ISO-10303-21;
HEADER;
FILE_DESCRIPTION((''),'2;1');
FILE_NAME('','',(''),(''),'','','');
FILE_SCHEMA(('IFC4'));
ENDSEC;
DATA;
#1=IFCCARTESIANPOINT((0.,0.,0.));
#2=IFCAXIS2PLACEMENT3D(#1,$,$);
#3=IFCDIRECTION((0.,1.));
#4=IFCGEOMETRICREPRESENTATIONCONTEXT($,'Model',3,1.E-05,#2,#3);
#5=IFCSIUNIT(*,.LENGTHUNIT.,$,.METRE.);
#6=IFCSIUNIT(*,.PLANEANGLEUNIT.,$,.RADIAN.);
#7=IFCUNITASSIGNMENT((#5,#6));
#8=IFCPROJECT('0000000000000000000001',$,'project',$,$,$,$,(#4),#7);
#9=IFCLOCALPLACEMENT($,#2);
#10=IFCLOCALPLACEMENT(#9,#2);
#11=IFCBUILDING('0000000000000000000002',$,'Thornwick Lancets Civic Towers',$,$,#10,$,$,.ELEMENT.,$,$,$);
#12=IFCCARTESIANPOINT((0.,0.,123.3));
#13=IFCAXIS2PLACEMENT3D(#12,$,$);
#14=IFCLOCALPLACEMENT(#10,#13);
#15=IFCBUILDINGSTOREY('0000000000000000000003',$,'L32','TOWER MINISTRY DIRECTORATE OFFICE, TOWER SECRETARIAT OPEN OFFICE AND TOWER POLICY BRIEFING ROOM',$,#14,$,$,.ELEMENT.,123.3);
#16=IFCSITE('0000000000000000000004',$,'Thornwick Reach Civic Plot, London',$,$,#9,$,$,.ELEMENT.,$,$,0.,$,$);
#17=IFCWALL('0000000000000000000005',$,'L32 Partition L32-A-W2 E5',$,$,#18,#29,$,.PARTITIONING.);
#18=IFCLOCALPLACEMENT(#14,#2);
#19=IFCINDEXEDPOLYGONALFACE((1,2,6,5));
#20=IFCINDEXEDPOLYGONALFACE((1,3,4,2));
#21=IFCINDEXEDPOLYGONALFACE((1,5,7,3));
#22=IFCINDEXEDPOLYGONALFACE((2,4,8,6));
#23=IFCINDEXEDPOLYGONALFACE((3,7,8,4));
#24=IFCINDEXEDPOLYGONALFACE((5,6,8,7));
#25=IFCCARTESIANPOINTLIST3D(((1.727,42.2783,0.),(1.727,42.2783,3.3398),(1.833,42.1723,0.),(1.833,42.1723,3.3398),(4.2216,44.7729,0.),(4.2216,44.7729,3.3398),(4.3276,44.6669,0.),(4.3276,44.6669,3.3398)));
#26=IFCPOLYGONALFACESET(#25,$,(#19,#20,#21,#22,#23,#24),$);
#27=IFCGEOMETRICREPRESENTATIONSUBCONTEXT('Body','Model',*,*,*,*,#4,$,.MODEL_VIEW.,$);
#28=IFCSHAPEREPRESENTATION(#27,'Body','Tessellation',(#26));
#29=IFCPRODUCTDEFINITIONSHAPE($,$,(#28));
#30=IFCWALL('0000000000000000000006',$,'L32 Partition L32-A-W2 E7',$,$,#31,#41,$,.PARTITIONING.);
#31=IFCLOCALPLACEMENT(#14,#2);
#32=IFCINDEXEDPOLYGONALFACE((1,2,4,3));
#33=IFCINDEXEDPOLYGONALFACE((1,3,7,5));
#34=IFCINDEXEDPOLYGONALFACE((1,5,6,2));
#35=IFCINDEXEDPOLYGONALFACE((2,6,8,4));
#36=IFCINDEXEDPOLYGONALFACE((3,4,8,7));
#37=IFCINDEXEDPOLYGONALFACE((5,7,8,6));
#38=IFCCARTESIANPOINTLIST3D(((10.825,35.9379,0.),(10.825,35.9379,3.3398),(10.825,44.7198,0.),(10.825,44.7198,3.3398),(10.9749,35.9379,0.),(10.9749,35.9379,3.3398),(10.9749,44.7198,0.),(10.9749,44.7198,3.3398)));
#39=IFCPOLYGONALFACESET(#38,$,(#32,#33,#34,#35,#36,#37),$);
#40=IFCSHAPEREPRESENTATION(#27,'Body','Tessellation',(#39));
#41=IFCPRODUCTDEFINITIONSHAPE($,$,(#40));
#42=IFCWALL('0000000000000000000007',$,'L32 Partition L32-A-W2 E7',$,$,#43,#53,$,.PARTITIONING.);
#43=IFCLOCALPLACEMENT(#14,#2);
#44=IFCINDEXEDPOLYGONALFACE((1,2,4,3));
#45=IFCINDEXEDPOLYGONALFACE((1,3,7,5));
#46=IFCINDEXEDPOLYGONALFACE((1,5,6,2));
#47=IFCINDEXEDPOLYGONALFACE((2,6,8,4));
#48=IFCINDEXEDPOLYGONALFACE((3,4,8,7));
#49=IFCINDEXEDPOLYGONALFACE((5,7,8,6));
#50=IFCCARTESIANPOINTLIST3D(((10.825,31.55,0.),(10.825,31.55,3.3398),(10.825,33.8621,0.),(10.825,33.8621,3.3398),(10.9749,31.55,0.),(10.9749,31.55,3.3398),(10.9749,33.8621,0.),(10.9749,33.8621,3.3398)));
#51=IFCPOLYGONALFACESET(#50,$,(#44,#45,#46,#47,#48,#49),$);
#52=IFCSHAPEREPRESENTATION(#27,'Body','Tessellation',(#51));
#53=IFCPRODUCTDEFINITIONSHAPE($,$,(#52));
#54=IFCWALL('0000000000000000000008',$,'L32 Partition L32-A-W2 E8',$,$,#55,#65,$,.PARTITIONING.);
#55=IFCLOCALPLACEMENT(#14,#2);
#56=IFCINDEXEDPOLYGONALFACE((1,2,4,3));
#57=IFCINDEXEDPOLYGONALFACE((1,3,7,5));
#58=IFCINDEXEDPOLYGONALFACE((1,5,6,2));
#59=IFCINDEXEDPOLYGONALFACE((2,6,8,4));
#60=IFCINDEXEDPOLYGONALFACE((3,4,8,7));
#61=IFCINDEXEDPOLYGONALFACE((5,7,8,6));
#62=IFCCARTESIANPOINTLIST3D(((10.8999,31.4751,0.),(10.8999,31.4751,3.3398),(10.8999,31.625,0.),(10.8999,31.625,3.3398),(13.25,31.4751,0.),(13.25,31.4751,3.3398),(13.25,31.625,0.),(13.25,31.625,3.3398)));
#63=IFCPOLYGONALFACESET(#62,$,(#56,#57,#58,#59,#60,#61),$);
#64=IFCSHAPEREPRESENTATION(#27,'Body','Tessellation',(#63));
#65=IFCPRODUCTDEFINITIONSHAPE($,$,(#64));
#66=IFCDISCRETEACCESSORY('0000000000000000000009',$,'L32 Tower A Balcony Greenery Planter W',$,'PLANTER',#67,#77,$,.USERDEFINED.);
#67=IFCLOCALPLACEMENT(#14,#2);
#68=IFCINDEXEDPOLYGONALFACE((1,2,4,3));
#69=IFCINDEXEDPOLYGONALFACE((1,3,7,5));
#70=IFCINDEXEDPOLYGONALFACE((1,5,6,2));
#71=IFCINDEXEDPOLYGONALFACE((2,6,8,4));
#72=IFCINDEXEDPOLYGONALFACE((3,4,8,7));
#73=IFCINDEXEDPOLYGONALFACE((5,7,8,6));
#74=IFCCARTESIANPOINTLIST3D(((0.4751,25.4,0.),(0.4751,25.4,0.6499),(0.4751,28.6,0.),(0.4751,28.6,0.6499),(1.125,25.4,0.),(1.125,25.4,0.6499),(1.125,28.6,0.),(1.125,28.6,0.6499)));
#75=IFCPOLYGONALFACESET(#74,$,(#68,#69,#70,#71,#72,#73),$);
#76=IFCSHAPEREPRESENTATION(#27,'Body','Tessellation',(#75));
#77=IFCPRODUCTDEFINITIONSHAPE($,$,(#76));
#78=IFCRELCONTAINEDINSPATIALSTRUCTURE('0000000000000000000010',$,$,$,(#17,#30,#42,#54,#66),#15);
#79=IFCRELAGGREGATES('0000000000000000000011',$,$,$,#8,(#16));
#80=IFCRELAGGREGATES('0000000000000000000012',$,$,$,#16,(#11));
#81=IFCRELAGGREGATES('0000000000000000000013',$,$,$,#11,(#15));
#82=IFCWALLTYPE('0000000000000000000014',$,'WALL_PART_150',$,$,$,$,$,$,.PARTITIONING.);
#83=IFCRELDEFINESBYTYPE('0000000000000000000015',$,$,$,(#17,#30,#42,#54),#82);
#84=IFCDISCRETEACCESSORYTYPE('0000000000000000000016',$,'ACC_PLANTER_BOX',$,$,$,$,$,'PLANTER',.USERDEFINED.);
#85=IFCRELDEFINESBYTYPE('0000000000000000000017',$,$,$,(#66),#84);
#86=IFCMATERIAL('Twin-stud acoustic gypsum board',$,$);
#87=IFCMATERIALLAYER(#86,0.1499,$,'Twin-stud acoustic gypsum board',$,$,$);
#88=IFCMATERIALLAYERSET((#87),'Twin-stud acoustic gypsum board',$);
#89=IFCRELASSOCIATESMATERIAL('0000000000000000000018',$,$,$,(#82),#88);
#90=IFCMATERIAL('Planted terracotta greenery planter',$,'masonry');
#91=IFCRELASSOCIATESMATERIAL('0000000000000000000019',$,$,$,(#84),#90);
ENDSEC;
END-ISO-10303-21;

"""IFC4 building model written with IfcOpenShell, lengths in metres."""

from ifc_helpers import new_model, si_unit, direction, frame, frame_2d, origin, origin_2d, place, context, subcontext, project, spatial, rectangle, extrude, material, layer, layer_set, type_object, element, save


model = new_model("IFC4")

# Units and contexts
model_context = context("Model", 3, precision=1e-05, world=origin(), true_north=direction((0.0, 1.0)))
body_context = subcontext(model_context, "Body", "Model", "MODEL_VIEW")
ifc_project = project(units=[si_unit("LENGTHUNIT", "METRE"), si_unit("PLANEANGLEUNIT", "RADIAN")], contexts=[model_context])

# Site, building, storey
site_placement = place(None, origin())
site = spatial("IfcSite", under=ifc_project, at=site_placement, Name="Thornwick Reach Civic Plot, London", CompositionType="ELEMENT", RefElevation=0.0)
building_placement = place(site_placement, origin())
building = spatial("IfcBuilding", under=site, at=building_placement, Name="Thornwick Lancets Civic Towers", CompositionType="ELEMENT")
storey_placement = place(building_placement, frame((0.0, 0.0, 123.3)))
storey = spatial("IfcBuildingStorey", under=building, at=storey_placement, Name="L32", Description="TOWER MINISTRY DIRECTORATE OFFICE, TOWER SECRETARIAT OPEN OFFICE AND TOWER POLICY BRIEFING ROOM", CompositionType="ELEMENT", Elevation=123.3)

# Walls
ifc_material_1 = material(Name="Twin-stud acoustic gypsum board")
ifc_layer_1 = layer(ifc_material_1, 0.1499, Name="Twin-stud acoustic gypsum board")
ifc_layer_set_1 = layer_set([ifc_layer_1], Name="Twin-stud acoustic gypsum board")
wall_type_1 = type_object("IfcWallType", Name="WALL_PART_150", PredefinedType="PARTITIONING", material=ifc_layer_set_1)
wall_1_placement = place(storey_placement, frame((1.78, 42.2253, 0.0), z_axis=(0.0, 0.0, 1.0), x_axis=(0.707107, 0.707107, 0.0)))
element("IfcWall", 1, at=wall_1_placement, inside=storey, type_object=wall_type_1, Name="L32 Partition L32-A-W2 E5", PredefinedType="PARTITIONING", context=body_context, shape_type="SweptSolid", body=[
    extrude(rectangle(XDim=3.5278, YDim=0.1499, at=frame_2d((1.7639, 0.0))), origin(), (0.0, 0.0, 1.0), 3.3398),
])
wall_2_placement = place(storey_placement, frame((10.8999, 44.72, 0.0), z_axis=(0.0, 0.0, 1.0), x_axis=(0.0, -1.0, 0.0)))
element("IfcWall", 2, at=wall_2_placement, inside=storey, type_object=wall_type_1, Name="L32 Partition L32-A-W2 E7", PredefinedType="PARTITIONING", context=body_context, shape_type="SweptSolid", body=[
    extrude(rectangle(XDim=8.782, YDim=0.1499, at=frame_2d((4.3911, 0.0))), origin(), (0.0, 0.0, 1.0), 3.3398),
])
wall_3_placement = place(storey_placement, frame((10.8999, 33.8621, 0.0), z_axis=(0.0, 0.0, 1.0), x_axis=(0.0, -1.0, 0.0)))
element("IfcWall", 3, at=wall_3_placement, inside=storey, type_object=wall_type_1, Name="L32 Partition L32-A-W2 E7", PredefinedType="PARTITIONING", context=body_context, shape_type="SweptSolid", body=[
    extrude(rectangle(XDim=2.312, YDim=0.1499, at=frame_2d((1.156, 0.0))), origin(), (0.0, 0.0, 1.0), 3.3398),
])
wall_4_placement = place(storey_placement, frame((10.8999, 31.55, 0.0), z_axis=(0.0, 0.0, 1.0), x_axis=(1.0, 0.0, 0.0)))
element("IfcWall", 4, at=wall_4_placement, inside=storey, type_object=wall_type_1, Name="L32 Partition L32-A-W2 E8", PredefinedType="PARTITIONING", context=body_context, shape_type="SweptSolid", body=[
    extrude(rectangle(XDim=2.3501, YDim=0.1499, at=frame_2d((1.175, 0.0))), origin(), (0.0, 0.0, 1.0), 3.3398),
])

# Discrete accessory
ifc_material_2 = material(Name="Planted terracotta greenery planter", Category="masonry")
discrete_accessory_type = type_object("IfcDiscreteAccessoryType", Name="ACC_PLANTER_BOX", ElementType="PLANTER", PredefinedType="USERDEFINED", material=ifc_material_2)
discrete_accessory_placement = place(storey_placement, frame((0.8, 27.0, 0.0), z_axis=(0.0, 0.0, 1.0), x_axis=(1.0, 0.0, 0.0)))
element("IfcDiscreteAccessory", 5, at=discrete_accessory_placement, inside=storey, type_object=discrete_accessory_type, Name="L32 Tower A Balcony Greenery Planter W", ObjectType="PLANTER", PredefinedType="USERDEFINED", context=body_context, shape_type="SweptSolid", body=[
    extrude(rectangle(XDim=0.6499, YDim=3.2, at=origin_2d()), origin(), (0.0, 0.0, 1.0), 0.6499),
])

save(model, "model.ifc")
